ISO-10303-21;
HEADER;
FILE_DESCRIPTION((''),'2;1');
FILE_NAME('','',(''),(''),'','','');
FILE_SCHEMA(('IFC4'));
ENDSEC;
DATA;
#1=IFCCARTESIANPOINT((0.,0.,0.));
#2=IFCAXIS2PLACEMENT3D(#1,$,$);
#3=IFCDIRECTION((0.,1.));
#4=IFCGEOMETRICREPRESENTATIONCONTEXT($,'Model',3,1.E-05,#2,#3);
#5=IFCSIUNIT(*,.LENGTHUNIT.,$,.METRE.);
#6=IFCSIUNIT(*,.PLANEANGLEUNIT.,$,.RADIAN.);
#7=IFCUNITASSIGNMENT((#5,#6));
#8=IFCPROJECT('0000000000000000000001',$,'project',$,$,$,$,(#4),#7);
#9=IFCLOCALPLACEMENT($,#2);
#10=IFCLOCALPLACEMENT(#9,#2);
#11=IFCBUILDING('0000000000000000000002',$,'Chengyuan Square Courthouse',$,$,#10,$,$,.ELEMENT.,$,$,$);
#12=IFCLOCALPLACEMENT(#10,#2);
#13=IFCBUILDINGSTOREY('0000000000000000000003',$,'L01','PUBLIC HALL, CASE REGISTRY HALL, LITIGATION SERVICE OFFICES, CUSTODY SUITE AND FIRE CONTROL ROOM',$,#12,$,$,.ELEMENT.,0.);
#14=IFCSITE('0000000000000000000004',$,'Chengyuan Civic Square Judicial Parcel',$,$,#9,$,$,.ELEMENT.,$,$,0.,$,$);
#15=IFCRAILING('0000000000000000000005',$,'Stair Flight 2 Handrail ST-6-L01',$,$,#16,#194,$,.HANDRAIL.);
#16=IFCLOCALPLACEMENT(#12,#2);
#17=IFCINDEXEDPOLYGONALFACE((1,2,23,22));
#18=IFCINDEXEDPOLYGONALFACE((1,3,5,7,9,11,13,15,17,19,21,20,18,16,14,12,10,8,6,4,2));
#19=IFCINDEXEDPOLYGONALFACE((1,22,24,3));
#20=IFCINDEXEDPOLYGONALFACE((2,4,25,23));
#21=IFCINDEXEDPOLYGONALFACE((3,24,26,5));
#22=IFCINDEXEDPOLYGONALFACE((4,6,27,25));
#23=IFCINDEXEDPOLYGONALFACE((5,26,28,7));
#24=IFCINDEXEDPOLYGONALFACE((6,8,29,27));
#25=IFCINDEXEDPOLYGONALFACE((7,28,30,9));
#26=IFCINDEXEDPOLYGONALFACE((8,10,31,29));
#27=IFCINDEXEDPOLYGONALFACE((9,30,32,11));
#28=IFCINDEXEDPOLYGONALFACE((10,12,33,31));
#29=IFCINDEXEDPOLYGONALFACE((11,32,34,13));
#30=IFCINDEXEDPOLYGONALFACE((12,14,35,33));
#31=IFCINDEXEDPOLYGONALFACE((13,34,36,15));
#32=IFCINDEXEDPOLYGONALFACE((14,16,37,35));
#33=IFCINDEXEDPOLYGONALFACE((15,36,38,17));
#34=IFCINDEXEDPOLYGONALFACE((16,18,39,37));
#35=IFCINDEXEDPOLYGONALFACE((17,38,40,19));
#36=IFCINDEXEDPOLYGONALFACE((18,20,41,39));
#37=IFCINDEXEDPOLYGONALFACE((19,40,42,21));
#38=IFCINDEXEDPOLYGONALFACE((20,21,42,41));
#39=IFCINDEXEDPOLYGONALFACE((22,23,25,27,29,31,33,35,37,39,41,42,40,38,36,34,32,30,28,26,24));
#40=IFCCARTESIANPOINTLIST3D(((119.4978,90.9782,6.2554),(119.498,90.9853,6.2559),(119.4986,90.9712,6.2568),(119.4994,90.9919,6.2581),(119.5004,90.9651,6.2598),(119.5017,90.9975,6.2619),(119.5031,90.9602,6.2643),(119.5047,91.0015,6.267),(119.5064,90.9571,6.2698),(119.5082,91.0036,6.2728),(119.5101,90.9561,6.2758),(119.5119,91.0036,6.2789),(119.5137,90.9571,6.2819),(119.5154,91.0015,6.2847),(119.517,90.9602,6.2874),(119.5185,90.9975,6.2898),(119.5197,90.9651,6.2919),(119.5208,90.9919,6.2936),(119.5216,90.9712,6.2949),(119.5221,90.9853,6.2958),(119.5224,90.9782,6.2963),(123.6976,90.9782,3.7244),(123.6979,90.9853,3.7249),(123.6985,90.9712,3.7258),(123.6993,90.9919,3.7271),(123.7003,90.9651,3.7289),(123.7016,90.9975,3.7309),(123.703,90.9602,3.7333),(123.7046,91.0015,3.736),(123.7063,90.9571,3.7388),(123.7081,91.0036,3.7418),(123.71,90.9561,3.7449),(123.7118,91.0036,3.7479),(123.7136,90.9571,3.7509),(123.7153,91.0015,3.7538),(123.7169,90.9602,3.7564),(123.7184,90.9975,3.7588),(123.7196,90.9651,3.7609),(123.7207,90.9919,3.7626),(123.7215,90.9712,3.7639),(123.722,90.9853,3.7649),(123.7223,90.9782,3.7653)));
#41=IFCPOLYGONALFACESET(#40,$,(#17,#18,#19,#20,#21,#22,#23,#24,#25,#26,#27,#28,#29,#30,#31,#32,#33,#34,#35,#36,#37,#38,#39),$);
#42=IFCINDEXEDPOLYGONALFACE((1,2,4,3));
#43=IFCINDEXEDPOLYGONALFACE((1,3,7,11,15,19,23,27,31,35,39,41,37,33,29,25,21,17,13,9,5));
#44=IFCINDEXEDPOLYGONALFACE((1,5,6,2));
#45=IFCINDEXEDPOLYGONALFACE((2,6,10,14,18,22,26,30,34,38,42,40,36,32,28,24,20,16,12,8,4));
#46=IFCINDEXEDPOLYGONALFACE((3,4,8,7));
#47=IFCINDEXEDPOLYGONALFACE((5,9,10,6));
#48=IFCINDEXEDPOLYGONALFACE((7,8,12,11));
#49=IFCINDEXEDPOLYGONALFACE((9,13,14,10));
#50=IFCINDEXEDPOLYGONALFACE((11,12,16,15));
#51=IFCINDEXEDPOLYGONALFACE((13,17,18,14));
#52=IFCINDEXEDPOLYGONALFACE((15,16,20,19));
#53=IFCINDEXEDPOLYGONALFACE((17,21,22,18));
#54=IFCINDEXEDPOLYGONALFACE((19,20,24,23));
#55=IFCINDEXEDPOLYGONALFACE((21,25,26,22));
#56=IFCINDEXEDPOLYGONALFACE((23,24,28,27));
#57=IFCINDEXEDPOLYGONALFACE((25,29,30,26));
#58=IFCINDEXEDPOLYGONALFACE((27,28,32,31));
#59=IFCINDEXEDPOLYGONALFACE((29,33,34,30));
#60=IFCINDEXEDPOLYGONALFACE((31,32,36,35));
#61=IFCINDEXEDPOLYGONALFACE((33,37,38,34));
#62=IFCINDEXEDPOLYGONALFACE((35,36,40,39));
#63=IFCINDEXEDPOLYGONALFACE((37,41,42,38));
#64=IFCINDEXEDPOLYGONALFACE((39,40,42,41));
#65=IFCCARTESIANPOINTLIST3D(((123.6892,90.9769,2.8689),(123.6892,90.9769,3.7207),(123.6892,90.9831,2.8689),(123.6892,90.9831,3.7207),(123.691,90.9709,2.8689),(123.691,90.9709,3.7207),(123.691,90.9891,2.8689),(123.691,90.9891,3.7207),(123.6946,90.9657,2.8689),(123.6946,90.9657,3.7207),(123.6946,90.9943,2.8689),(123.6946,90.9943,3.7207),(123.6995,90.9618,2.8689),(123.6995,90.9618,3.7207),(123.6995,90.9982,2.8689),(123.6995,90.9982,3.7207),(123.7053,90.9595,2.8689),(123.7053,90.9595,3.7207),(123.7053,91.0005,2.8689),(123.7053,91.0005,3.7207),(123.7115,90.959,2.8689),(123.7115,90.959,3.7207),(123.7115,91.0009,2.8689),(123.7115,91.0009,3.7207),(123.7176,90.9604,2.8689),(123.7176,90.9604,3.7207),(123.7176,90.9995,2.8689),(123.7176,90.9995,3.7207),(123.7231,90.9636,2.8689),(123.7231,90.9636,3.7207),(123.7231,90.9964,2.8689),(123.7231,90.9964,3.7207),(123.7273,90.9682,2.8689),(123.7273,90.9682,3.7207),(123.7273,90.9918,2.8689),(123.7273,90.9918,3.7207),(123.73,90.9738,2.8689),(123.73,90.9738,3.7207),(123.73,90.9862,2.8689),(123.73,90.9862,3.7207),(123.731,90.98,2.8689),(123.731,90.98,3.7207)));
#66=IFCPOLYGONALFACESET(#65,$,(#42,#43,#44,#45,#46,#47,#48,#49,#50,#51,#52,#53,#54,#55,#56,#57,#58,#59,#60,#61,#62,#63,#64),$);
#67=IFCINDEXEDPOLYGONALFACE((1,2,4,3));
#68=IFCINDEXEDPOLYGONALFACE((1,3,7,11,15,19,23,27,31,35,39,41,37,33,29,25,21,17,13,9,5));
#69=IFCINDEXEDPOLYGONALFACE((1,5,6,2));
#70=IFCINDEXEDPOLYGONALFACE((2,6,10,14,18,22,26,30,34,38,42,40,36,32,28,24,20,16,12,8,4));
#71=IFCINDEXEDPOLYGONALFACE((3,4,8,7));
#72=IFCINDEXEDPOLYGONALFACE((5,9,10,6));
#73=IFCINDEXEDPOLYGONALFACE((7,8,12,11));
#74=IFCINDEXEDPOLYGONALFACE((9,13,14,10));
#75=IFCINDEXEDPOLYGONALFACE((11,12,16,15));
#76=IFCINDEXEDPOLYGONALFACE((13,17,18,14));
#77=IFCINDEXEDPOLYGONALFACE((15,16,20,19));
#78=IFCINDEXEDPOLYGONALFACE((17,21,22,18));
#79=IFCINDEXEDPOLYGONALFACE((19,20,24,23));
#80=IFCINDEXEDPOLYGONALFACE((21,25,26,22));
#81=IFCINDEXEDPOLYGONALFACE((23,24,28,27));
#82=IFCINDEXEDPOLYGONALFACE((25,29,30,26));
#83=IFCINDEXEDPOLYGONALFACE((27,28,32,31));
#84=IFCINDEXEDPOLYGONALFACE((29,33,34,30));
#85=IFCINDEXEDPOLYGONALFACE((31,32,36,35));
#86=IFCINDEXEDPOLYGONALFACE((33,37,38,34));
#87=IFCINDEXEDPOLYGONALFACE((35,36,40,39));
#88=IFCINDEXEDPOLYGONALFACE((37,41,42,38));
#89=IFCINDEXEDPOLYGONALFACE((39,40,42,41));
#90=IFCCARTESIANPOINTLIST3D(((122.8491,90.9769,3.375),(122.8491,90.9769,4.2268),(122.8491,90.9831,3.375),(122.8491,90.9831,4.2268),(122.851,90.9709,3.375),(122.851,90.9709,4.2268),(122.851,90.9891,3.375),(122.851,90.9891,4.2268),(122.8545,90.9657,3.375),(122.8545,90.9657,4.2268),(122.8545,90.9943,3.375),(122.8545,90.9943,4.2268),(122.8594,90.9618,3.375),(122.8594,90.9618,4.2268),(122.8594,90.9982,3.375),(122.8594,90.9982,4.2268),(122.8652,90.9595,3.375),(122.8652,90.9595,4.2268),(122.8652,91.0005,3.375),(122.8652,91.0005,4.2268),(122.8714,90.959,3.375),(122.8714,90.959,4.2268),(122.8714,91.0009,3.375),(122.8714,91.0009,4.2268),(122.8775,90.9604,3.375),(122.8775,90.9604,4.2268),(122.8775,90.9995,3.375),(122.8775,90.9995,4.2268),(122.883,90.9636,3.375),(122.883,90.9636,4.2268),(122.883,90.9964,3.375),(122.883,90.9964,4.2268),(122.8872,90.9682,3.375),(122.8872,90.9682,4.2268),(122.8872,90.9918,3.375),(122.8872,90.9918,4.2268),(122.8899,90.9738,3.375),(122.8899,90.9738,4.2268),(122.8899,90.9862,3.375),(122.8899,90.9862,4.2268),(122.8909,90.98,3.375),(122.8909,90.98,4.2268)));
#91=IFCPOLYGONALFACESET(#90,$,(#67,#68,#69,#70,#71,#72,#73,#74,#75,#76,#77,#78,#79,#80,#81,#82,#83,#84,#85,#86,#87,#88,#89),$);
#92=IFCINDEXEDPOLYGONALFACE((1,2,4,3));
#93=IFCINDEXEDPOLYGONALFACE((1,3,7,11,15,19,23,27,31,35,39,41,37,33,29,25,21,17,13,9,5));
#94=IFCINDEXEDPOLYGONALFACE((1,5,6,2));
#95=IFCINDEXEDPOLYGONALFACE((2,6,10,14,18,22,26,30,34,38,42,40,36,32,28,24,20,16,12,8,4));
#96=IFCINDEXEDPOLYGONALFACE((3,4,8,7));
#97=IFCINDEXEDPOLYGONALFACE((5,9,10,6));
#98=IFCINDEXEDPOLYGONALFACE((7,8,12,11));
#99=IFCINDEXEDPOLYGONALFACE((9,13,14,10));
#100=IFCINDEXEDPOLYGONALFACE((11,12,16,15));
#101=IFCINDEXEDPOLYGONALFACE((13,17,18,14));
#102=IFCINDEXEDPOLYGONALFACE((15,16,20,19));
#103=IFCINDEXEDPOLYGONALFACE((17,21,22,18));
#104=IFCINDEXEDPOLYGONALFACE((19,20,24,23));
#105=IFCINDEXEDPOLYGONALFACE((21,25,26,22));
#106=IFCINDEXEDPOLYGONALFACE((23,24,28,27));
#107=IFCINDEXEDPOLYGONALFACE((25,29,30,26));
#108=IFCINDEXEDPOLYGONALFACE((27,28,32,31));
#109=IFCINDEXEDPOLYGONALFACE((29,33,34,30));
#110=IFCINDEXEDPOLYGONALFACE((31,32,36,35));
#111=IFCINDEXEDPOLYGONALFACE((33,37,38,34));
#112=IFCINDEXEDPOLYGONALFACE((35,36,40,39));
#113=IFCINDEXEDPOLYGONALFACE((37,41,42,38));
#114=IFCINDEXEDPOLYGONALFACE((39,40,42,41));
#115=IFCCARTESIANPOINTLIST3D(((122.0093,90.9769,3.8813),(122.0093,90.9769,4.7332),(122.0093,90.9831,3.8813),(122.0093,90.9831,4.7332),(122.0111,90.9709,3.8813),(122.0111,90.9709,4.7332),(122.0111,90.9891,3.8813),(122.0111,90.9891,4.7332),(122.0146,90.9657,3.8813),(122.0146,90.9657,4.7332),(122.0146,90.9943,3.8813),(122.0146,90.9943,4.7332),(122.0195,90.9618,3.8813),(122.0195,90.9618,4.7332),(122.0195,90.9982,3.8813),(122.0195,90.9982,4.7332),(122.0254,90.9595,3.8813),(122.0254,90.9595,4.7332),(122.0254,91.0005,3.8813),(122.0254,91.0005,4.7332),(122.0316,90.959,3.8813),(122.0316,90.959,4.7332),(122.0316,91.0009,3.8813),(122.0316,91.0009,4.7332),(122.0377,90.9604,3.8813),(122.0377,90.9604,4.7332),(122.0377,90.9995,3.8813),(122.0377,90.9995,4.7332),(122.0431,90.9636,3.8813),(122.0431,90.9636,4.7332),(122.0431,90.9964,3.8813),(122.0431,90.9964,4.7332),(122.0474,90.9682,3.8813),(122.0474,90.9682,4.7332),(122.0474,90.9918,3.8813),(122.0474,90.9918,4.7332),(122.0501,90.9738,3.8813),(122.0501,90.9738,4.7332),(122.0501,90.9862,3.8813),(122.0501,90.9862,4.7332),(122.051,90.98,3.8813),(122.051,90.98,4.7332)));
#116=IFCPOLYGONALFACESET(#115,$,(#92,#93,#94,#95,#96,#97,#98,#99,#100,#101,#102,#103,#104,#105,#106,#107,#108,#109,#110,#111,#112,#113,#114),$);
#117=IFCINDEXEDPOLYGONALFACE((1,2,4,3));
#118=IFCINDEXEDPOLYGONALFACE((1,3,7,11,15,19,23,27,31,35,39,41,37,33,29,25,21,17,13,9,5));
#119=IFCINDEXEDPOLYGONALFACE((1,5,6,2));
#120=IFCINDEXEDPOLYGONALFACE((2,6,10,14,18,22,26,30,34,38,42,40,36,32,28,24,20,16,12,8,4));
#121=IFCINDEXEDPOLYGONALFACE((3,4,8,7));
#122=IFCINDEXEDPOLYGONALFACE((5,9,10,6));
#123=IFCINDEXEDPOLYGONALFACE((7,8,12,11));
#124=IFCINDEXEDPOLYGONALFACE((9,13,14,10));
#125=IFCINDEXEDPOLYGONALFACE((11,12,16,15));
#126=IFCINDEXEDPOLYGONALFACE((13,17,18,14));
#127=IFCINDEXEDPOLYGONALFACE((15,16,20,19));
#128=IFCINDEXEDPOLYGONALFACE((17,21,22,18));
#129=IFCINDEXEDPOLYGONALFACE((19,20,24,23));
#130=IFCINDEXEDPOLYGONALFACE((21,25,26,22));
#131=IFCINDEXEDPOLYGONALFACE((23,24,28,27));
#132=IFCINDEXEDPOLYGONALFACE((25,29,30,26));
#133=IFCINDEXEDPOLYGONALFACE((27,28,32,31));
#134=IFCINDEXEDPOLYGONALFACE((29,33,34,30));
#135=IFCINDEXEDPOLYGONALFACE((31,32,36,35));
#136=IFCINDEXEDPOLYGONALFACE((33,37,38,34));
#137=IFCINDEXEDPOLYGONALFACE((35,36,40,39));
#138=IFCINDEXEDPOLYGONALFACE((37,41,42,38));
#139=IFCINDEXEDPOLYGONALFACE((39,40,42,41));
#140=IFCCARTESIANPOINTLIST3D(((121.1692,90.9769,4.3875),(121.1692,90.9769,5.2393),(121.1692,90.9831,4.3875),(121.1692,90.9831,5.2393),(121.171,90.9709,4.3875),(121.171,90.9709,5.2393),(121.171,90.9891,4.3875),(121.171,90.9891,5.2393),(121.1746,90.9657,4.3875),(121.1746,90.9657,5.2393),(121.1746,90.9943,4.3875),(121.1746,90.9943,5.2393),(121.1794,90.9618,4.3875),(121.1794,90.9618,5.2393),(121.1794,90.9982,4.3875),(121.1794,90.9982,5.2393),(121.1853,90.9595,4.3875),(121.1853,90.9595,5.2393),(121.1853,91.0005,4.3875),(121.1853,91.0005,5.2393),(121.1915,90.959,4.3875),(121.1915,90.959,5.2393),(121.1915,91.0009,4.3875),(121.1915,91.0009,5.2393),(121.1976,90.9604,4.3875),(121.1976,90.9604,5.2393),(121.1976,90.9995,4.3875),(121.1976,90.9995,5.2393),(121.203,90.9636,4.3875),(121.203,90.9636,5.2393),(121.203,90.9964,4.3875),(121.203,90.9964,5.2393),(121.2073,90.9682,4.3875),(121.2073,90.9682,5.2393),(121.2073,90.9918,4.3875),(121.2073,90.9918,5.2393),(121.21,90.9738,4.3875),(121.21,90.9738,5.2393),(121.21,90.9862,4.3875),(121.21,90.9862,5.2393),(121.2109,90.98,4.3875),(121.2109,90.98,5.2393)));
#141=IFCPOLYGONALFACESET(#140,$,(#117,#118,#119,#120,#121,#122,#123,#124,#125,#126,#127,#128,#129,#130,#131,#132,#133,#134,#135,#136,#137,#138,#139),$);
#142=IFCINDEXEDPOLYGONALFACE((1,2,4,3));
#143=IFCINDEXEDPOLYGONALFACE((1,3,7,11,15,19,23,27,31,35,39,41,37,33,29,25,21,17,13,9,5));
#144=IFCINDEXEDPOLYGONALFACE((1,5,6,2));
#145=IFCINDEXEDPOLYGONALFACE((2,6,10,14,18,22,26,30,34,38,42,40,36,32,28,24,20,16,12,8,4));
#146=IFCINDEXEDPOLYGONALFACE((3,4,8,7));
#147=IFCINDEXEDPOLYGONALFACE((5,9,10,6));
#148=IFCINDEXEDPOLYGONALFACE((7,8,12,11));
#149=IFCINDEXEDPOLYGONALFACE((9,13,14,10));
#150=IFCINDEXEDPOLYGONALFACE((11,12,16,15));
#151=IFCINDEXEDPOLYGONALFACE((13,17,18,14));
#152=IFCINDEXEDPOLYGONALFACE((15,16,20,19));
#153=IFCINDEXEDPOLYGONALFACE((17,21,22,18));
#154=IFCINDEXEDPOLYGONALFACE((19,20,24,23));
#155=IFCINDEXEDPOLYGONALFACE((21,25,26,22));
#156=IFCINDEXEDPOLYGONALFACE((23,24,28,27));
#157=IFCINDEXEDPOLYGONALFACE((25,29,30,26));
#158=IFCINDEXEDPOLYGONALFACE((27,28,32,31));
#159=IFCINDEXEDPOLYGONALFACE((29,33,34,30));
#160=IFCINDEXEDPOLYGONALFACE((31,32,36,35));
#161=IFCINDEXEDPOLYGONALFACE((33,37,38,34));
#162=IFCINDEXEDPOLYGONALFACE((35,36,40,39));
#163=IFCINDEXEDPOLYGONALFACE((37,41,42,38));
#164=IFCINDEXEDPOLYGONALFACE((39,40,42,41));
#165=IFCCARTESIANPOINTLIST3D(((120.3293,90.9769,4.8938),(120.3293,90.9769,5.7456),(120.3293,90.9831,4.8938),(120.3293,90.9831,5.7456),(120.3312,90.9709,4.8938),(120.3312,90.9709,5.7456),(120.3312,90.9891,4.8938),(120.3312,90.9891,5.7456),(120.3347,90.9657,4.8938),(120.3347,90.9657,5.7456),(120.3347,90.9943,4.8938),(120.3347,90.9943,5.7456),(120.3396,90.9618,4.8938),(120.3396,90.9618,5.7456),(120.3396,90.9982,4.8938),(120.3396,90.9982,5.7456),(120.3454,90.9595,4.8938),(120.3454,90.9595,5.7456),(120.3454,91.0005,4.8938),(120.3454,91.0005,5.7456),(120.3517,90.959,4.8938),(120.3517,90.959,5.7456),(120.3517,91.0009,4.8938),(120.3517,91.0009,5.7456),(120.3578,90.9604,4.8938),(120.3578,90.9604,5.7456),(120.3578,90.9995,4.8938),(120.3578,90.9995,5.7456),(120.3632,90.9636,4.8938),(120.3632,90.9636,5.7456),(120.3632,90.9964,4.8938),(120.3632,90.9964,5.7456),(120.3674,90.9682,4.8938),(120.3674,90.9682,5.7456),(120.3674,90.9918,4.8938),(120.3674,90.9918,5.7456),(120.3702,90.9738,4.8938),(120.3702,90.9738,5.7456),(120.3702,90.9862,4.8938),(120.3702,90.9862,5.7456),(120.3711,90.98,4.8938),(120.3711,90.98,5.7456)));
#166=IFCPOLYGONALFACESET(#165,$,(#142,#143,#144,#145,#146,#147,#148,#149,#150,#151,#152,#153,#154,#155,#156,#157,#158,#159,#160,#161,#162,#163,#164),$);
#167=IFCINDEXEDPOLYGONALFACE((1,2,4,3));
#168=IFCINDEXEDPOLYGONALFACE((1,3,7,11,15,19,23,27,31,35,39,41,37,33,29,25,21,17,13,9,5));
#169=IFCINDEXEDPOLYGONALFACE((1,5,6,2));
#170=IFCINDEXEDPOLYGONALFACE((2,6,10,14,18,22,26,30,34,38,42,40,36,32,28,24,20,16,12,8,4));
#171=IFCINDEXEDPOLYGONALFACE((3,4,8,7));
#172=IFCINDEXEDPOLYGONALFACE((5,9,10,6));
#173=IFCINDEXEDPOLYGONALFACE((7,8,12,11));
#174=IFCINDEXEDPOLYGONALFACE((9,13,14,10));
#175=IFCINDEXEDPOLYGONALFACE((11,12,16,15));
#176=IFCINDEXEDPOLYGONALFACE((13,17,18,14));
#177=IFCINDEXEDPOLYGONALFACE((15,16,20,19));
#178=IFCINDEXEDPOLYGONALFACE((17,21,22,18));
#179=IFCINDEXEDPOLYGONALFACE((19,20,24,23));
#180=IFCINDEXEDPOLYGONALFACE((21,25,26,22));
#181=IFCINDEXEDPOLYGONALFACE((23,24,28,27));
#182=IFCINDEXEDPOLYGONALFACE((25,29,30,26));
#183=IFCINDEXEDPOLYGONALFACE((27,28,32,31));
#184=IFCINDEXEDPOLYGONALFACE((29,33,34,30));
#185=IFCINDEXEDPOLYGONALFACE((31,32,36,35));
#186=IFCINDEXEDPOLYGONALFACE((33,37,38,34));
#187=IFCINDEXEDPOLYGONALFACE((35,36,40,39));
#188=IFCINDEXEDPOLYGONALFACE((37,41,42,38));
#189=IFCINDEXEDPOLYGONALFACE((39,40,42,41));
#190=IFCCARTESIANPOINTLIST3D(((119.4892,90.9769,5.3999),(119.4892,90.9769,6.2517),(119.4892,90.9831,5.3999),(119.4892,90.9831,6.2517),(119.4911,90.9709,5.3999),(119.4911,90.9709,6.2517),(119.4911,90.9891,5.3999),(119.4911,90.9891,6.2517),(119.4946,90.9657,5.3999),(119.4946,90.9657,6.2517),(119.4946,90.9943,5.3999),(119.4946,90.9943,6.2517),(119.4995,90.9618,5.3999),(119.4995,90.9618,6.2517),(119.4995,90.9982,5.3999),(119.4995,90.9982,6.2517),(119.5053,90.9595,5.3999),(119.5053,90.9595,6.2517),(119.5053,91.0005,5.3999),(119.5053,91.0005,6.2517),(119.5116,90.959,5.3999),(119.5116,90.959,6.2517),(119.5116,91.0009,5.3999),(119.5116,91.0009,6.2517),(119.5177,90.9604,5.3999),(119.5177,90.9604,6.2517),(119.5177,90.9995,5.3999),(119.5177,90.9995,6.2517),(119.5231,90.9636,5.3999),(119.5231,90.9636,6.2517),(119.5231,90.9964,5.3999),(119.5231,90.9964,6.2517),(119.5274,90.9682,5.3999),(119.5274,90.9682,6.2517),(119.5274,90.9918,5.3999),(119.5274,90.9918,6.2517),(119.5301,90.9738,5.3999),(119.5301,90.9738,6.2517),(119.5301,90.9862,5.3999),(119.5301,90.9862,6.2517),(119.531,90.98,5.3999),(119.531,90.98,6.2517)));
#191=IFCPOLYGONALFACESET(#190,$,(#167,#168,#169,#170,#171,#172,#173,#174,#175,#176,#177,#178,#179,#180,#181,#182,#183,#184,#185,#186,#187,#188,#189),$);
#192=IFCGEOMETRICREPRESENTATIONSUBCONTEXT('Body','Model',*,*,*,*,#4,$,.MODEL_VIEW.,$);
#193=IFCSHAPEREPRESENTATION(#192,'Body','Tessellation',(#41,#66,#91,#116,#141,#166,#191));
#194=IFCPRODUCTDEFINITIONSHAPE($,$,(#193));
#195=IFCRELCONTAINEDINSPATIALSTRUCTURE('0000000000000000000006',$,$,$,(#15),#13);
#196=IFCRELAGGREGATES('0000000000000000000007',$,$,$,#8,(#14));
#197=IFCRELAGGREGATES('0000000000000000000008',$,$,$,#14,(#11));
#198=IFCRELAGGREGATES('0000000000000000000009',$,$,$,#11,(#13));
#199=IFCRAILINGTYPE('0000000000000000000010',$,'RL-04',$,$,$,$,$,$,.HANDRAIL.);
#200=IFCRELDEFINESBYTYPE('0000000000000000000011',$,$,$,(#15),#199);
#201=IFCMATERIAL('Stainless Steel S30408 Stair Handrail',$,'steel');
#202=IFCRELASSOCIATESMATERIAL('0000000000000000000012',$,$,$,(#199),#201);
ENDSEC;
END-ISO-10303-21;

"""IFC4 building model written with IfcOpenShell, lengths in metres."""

from ifc_helpers import new_model, si_unit, direction, frame, origin, origin_2d, place, context, subcontext, project, spatial, circle, extrude, material, type_object, element, save


model = new_model("IFC4")

# Units and contexts
model_context = context("Model", 3, precision=1e-05, world=origin(), true_north=direction((0.0, 1.0)))
body_context = subcontext(model_context, "Body", "Model", "MODEL_VIEW")
ifc_project = project(units=[si_unit("LENGTHUNIT", "METRE"), si_unit("PLANEANGLEUNIT", "RADIAN")], contexts=[model_context])

# Site, building, storey
site_placement = place(None, origin())
site = spatial("IfcSite", under=ifc_project, at=site_placement, Name="Chengyuan Civic Square Judicial Parcel", CompositionType="ELEMENT", RefElevation=0.0)
building_placement = place(site_placement, origin())
building = spatial("IfcBuilding", under=site, at=building_placement, Name="Chengyuan Square Courthouse", CompositionType="ELEMENT")
storey_placement = place(building_placement, origin())
storey = spatial("IfcBuildingStorey", under=building, at=storey_placement, Name="L01", Description="PUBLIC HALL, CASE REGISTRY HALL, LITIGATION SERVICE OFFICES, CUSTODY SUITE AND FIRE CONTROL ROOM", CompositionType="ELEMENT", Elevation=0.0)

# Railing
ifc_material_1 = material(Name="Stainless Steel S30408 Stair Handrail", Category="steel")
railing_type_1 = type_object("IfcRailingType", Name="RL-04", PredefinedType="HANDRAIL", material=ifc_material_1)
railing_1_placement = place(storey_placement, frame((123.71, 90.98, 2.8689)))
element("IfcRailing", 1, at=railing_1_placement, inside=storey, type_object=railing_type_1, Name="Stair Flight 2 Handrail ST-6-L01", PredefinedType="HANDRAIL", context=body_context, shape_type="SweptSolid", body=[
    extrude(circle(Radius=0.0239, at=origin_2d()), frame((0.0, 0.0, 0.876), z_axis=(-0.856499, 0.0, 0.51615), x_axis=(0.0, -1.0, 0.0)), (0.0, 0.0, 1.0), 4.9036),
    extrude(circle(Radius=0.021, at=origin_2d()), origin(), (0.0, 0.0, 1.0), 0.8518),
    extrude(circle(Radius=0.021, at=origin_2d()), frame((-0.8401, 0.0, 0.5061)), (0.0, 0.0, 1.0), 0.8518),
    extrude(circle(Radius=0.021, at=origin_2d()), frame((-1.6799, 0.0, 1.0125)), (0.0, 0.0, 1.0), 0.8518),
    extrude(circle(Radius=0.021, at=origin_2d()), frame((-2.52, 0.0, 1.5186)), (0.0, 0.0, 1.0), 0.8518),
    extrude(circle(Radius=0.021, at=origin_2d()), frame((-3.3599, 0.0, 2.0249)), (0.0, 0.0, 1.0), 0.8518),
    extrude(circle(Radius=0.021, at=origin_2d()), frame((-4.2, 0.0, 2.531)), (0.0, 0.0, 1.0), 0.8518),
])

save(model, "model.ifc")
